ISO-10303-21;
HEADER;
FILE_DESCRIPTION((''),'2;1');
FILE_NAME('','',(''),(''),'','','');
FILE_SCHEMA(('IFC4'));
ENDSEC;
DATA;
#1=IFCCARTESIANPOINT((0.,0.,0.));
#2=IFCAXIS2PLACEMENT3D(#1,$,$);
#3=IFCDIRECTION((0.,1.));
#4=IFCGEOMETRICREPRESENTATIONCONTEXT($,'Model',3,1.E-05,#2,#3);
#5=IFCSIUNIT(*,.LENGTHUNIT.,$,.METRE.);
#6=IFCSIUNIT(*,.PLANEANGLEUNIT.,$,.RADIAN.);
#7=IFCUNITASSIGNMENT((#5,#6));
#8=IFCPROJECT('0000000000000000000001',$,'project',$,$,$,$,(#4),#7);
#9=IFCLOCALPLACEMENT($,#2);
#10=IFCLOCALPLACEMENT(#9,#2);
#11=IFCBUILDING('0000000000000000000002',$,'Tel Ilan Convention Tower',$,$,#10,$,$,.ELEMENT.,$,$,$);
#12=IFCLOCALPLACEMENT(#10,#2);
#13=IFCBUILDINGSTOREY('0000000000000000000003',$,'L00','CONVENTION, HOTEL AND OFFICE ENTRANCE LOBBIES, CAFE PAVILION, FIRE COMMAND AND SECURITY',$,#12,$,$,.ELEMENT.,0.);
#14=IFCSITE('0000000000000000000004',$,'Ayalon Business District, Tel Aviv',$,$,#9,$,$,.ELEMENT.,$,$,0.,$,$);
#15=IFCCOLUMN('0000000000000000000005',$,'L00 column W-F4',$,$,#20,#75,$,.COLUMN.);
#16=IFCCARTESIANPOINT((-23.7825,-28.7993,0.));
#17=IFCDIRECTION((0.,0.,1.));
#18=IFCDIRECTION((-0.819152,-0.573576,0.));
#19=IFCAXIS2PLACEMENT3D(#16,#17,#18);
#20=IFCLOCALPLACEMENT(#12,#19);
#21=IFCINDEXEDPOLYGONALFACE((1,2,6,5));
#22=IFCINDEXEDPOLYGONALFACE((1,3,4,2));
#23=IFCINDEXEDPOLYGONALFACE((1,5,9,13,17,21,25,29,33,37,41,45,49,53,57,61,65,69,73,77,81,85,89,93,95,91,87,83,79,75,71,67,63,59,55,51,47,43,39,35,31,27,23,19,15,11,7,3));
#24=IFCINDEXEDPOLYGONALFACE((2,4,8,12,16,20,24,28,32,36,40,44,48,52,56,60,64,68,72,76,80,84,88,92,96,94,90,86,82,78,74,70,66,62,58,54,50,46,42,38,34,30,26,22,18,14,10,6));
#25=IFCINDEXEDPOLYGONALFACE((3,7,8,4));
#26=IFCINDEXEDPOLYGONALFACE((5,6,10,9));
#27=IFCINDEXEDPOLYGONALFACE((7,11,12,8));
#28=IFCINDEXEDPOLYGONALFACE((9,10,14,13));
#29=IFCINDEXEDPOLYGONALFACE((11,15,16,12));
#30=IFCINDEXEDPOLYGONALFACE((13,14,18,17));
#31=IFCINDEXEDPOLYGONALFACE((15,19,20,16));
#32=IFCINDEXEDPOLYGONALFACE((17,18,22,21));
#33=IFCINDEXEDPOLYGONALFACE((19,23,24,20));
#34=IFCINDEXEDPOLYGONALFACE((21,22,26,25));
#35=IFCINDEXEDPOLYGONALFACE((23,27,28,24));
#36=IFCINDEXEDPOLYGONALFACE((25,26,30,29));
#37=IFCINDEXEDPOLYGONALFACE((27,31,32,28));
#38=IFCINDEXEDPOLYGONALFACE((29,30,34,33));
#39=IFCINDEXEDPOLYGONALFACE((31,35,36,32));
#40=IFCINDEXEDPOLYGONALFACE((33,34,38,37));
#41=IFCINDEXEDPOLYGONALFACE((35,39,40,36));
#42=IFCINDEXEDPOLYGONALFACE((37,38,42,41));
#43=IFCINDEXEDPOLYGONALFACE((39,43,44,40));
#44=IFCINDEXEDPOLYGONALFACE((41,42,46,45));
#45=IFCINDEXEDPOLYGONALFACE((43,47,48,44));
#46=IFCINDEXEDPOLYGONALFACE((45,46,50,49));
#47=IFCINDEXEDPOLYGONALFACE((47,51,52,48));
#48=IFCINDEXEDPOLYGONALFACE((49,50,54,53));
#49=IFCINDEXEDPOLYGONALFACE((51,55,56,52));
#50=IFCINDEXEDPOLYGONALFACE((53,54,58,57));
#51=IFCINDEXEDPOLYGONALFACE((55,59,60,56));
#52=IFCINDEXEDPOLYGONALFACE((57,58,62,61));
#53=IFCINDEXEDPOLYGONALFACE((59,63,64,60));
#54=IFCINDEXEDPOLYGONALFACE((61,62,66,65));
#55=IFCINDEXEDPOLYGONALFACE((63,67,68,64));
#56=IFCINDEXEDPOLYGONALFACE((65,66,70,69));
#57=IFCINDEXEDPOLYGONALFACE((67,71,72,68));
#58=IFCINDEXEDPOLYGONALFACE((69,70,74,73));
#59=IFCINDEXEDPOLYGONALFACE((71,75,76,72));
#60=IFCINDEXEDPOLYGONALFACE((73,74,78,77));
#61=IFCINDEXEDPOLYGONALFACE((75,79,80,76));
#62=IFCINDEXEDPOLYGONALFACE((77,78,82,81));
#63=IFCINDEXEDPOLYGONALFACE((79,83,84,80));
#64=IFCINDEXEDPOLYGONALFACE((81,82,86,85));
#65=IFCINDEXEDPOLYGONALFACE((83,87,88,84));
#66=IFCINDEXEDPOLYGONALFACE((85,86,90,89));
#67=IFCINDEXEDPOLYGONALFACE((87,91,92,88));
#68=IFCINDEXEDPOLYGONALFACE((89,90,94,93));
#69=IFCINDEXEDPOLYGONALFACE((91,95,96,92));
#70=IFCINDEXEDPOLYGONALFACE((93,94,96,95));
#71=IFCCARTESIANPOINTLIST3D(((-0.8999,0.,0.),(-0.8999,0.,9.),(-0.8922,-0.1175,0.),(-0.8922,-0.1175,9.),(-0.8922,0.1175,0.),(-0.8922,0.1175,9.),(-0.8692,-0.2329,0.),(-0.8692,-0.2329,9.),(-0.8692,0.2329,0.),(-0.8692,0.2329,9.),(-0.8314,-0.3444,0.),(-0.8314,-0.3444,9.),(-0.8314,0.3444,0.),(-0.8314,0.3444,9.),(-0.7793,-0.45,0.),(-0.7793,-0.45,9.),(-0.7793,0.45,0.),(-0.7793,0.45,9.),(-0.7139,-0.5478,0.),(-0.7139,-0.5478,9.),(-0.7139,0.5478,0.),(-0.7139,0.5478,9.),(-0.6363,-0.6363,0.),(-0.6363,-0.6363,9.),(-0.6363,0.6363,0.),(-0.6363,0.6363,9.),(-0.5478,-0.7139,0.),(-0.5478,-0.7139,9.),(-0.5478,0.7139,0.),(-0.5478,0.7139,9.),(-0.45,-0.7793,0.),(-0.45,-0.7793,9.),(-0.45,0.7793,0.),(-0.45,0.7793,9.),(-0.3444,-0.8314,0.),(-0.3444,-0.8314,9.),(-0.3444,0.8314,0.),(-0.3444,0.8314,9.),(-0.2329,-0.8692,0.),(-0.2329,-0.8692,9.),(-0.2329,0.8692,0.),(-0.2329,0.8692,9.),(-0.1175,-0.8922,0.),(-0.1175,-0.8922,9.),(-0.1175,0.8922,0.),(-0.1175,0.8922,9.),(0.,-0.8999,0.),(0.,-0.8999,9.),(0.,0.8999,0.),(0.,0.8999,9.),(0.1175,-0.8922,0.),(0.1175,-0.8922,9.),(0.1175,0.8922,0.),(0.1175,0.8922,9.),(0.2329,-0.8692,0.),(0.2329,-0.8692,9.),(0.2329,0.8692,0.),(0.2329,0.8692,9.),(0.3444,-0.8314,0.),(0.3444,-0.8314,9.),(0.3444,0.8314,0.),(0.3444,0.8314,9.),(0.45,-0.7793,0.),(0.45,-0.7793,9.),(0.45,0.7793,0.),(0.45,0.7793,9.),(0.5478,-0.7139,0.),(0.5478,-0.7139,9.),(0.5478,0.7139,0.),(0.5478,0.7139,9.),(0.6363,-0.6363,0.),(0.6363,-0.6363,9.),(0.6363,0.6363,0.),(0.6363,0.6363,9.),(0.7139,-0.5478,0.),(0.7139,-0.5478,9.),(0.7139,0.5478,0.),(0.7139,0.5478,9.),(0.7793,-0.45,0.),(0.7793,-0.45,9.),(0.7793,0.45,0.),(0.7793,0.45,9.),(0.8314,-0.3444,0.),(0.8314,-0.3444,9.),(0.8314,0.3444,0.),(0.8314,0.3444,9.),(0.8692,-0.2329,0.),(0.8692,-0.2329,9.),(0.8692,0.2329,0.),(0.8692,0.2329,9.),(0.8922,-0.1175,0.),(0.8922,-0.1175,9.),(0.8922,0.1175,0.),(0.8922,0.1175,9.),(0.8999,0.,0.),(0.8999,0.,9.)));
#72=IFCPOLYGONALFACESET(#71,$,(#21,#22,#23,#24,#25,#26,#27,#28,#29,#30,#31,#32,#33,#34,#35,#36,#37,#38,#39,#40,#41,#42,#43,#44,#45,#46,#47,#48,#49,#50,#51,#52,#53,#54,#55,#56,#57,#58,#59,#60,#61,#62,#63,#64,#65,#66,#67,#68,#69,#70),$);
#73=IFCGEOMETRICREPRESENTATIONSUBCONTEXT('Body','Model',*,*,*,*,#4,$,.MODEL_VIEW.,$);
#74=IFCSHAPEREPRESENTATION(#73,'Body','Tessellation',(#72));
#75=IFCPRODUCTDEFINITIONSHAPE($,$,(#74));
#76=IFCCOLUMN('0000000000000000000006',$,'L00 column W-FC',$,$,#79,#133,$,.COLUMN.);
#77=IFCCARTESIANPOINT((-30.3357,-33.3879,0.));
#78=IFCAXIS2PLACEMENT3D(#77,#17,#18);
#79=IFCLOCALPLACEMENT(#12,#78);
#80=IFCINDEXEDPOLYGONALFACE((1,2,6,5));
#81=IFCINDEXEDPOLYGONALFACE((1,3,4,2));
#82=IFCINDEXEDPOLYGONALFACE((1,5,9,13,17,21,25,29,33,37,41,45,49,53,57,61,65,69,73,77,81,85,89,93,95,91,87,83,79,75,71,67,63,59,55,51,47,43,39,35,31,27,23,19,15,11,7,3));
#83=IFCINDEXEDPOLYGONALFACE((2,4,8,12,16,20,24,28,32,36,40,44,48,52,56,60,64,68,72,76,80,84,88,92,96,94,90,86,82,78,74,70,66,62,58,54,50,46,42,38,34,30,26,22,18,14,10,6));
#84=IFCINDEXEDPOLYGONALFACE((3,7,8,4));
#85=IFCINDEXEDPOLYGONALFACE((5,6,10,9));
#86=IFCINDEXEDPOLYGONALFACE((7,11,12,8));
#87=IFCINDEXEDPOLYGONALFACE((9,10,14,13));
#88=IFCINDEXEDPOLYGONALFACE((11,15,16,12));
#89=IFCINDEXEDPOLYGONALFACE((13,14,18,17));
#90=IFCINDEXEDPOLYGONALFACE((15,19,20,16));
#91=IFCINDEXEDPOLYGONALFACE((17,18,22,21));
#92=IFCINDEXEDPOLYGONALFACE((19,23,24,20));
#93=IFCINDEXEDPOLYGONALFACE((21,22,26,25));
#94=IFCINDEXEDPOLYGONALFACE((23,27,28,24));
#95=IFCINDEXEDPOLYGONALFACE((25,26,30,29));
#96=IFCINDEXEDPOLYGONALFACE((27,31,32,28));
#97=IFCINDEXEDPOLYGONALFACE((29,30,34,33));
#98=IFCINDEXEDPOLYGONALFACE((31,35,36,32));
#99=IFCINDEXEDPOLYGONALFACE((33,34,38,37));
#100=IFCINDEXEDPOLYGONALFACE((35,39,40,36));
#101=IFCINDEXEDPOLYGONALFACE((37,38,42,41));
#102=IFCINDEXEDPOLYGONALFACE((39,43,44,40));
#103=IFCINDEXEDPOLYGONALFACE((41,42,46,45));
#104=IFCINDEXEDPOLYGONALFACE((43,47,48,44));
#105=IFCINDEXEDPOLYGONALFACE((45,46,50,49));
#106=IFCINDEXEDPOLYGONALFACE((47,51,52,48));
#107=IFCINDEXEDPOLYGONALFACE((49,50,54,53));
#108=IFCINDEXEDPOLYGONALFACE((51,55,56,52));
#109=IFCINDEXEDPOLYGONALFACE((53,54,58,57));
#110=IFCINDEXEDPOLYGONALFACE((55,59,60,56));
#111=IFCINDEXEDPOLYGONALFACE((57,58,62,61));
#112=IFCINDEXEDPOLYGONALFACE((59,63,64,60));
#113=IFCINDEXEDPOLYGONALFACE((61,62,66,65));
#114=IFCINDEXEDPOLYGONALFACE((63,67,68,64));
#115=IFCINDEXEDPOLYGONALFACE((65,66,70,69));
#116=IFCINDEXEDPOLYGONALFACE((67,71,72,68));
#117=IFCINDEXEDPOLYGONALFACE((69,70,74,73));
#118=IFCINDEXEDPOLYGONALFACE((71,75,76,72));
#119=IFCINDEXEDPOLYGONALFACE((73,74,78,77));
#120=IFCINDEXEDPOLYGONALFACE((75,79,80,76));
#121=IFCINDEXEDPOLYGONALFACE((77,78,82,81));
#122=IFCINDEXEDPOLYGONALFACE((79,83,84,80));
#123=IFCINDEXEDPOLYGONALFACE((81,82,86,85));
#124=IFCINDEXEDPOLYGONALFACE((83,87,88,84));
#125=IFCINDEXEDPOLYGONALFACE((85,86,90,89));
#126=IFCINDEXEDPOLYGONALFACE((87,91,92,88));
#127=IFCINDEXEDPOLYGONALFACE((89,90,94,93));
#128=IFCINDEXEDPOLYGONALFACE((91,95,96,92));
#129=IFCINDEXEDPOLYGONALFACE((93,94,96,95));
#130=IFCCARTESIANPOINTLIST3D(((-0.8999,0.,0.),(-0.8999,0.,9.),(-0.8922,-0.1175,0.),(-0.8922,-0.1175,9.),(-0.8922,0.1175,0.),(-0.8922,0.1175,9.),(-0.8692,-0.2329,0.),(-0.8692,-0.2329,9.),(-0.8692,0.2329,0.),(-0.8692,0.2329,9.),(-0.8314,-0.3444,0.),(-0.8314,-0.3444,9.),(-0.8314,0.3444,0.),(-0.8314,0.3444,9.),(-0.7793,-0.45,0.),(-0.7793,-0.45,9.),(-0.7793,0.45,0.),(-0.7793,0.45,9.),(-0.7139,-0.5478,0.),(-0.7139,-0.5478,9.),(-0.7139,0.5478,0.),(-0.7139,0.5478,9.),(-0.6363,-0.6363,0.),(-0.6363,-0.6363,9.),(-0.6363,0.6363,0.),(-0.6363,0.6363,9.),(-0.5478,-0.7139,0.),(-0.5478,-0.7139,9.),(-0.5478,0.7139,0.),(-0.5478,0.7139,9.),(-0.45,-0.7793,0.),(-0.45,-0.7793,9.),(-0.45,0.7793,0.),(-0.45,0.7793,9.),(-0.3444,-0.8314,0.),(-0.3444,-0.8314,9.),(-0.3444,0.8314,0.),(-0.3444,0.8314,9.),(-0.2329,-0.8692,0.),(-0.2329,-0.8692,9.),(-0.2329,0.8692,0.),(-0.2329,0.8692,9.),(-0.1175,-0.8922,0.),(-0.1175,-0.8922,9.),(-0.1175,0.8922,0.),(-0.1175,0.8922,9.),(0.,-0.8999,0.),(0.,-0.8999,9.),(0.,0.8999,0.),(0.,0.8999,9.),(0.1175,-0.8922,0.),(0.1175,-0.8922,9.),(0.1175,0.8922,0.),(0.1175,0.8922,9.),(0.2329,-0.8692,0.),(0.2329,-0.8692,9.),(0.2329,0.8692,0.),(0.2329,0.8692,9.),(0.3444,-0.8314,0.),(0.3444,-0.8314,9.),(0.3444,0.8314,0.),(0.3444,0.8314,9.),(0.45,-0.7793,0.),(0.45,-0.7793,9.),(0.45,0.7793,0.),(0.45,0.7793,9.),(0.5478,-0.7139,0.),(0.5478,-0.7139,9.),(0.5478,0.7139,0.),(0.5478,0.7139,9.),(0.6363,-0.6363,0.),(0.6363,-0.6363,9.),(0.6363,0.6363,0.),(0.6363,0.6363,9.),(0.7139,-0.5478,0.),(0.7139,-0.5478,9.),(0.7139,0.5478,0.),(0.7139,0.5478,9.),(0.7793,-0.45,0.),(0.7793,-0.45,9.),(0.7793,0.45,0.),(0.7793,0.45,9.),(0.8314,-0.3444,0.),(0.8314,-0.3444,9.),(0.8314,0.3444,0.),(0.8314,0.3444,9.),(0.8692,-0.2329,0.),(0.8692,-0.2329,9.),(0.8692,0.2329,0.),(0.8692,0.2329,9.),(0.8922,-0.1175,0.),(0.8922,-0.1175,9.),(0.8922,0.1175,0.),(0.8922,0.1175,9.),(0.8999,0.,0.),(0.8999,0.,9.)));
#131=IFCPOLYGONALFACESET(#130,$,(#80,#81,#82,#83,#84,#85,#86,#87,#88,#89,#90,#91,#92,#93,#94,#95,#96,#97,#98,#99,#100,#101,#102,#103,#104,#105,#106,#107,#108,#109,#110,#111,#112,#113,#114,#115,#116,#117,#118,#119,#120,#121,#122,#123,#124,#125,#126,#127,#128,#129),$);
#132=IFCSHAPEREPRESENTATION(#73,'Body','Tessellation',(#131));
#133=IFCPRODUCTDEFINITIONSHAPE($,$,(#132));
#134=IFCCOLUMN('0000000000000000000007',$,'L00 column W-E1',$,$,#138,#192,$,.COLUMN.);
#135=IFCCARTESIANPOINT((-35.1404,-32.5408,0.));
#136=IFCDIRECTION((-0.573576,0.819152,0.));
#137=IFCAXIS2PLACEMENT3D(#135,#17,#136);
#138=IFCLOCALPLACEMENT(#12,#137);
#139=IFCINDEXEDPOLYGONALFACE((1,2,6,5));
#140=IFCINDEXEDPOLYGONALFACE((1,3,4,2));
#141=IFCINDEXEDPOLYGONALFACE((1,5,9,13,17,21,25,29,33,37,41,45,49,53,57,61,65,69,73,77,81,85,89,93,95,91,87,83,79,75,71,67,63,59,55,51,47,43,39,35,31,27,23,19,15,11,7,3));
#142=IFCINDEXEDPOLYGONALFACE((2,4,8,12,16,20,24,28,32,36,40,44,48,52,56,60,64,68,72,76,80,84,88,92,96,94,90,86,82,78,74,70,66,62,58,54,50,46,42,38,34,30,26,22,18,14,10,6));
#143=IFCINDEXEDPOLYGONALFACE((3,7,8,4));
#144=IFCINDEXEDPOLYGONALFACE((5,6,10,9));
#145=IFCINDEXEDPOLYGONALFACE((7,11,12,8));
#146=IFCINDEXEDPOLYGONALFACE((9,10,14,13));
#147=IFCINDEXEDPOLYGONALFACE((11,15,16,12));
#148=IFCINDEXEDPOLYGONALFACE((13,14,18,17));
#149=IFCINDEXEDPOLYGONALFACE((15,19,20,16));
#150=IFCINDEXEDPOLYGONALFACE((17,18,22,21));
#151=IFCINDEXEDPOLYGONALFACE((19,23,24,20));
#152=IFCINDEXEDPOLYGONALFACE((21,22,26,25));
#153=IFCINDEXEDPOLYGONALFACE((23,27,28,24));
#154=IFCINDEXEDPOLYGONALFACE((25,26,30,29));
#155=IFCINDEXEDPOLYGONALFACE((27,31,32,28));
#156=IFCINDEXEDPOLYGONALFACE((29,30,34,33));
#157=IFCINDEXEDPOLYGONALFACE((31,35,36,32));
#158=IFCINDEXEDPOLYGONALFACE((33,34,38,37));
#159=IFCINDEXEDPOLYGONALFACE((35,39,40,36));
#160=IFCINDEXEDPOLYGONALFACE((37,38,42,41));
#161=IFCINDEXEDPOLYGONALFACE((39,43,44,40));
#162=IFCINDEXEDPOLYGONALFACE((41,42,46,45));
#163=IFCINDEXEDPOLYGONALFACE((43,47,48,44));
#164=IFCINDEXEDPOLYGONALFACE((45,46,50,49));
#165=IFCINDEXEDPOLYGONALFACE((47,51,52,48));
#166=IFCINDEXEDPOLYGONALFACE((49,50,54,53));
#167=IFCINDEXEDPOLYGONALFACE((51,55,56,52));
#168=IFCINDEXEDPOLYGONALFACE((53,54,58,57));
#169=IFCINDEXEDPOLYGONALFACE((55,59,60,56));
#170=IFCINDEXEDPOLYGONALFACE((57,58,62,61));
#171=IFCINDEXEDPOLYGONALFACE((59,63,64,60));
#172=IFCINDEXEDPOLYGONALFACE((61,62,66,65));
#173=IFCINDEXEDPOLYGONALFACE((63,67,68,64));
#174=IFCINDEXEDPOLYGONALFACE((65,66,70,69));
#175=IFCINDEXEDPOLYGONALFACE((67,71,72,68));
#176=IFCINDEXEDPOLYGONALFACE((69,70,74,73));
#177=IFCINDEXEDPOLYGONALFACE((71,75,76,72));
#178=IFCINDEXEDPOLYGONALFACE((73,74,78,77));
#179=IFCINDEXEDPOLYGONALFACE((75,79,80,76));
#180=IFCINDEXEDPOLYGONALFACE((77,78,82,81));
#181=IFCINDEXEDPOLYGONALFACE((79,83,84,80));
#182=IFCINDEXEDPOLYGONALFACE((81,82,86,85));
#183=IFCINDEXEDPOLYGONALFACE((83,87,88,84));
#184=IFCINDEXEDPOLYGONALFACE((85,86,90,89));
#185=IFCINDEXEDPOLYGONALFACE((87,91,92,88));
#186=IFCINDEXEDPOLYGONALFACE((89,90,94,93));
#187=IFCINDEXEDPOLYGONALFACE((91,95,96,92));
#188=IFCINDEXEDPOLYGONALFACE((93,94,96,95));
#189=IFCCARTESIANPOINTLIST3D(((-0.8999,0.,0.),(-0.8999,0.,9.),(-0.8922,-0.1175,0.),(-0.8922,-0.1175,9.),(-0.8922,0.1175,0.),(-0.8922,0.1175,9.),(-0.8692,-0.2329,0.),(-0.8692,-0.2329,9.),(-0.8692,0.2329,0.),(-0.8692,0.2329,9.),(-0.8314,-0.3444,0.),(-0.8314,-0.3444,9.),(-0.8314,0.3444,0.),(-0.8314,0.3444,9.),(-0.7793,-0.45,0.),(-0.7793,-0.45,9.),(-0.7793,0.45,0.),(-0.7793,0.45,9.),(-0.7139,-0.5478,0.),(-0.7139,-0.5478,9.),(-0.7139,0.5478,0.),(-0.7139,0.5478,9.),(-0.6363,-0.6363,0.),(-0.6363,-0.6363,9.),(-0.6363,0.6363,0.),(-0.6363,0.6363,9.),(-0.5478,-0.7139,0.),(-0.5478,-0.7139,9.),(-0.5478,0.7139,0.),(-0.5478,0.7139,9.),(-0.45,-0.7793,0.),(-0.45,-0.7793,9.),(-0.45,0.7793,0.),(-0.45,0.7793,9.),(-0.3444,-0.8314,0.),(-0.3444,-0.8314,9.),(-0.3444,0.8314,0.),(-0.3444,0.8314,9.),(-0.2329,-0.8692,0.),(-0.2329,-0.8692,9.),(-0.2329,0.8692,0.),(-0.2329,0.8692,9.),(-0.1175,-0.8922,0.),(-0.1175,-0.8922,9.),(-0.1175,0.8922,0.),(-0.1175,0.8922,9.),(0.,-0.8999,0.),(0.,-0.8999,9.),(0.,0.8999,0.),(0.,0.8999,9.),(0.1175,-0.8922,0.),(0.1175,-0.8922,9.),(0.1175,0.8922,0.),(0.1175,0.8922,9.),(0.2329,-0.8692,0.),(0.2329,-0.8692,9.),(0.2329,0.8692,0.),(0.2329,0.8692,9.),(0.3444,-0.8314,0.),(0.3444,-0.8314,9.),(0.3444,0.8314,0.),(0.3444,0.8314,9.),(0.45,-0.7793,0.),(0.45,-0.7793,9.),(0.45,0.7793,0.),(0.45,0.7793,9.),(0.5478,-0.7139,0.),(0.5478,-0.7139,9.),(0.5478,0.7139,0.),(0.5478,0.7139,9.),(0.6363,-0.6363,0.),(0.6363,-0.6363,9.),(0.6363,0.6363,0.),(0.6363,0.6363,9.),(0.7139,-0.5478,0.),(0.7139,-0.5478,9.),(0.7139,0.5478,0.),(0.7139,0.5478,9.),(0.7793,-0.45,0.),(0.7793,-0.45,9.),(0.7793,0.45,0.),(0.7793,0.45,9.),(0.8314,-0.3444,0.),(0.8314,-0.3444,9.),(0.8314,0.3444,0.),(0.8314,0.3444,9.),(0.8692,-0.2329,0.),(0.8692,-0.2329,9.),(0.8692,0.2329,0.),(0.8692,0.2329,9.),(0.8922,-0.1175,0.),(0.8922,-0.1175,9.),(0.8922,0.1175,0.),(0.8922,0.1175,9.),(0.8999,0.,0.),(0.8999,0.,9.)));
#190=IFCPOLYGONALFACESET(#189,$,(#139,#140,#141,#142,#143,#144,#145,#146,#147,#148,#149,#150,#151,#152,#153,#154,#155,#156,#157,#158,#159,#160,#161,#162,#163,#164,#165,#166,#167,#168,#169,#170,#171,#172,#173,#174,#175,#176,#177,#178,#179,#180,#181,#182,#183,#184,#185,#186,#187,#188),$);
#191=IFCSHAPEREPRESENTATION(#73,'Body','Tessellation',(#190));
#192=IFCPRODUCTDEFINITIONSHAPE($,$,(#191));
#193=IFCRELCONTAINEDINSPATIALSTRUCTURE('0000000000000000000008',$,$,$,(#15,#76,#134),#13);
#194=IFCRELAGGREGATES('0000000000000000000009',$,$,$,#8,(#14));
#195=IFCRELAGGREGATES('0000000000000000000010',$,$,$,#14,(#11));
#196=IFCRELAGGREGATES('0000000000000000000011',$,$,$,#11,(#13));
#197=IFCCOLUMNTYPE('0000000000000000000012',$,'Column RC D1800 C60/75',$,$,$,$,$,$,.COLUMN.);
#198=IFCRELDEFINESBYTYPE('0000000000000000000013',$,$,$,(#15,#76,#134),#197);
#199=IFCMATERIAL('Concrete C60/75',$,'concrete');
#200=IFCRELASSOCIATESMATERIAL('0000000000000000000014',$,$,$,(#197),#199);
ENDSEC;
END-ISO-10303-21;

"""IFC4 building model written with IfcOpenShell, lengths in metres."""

from ifc_helpers import new_model, si_unit, direction, frame, origin, origin_2d, place, context, subcontext, project, spatial, circle, extrude, material, material_profile, profile_set, type_object, element, save


model = new_model("IFC4")

# Units and contexts
model_context = context("Model", 3, precision=1e-05, world=origin(), true_north=direction((0.0, 1.0)))
body_context = subcontext(model_context, "Body", "Model", "MODEL_VIEW")
ifc_project = project(units=[si_unit("LENGTHUNIT", "METRE"), si_unit("PLANEANGLEUNIT", "RADIAN")], contexts=[model_context])

# Site, building, storey
site_placement = place(None, origin())
site = spatial("IfcSite", under=ifc_project, at=site_placement, Name="Ayalon Business District, Tel Aviv", CompositionType="ELEMENT", RefElevation=0.0)
building_placement = place(site_placement, origin())
building = spatial("IfcBuilding", under=site, at=building_placement, Name="Tel Ilan Convention Tower", CompositionType="ELEMENT")
storey_placement = place(building_placement, origin())
storey = spatial("IfcBuildingStorey", under=building, at=storey_placement, Name="L00", Description="CONVENTION, HOTEL AND OFFICE ENTRANCE LOBBIES, CAFE PAVILION, FIRE COMMAND AND SECURITY", CompositionType="ELEMENT", Elevation=0.0)

# Columns
ifc_material_1 = material(Name="Concrete C60/75", Category="concrete")
ifc_material_profile_1 = material_profile(ifc_material_1, circle(Radius=0.8999, at=origin_2d()), Name="RC D1800")
ifc_profile_set_1 = profile_set([ifc_material_profile_1], Name="Concrete C60/75")
column_type = type_object("IfcColumnType", Name="Column RC D1800 C60/75", PredefinedType="COLUMN", material=ifc_profile_set_1)
for number, where, z_axis, x_axis, name in (
    (1, (-23.7825, -28.7993, 0.0), (0.0, 0.0, 1.0), (-0.819152, -0.573576, 0.0), "L00 column W-F4"),
    (2, (-30.3357, -33.3879, 0.0), (0.0, 0.0, 1.0), (-0.819152, -0.573576, 0.0), "L00 column W-FC"),
    (3, (-35.1404, -32.5408, 0.0), (0.0, 0.0, 1.0), (-0.573576, 0.819152, 0.0), "L00 column W-E1"),
):
    element("IfcColumn", number, at=place(storey_placement, frame(where, z_axis=z_axis, x_axis=x_axis)), inside=storey, type_object=column_type, Name=name, PredefinedType="COLUMN", context=body_context, shape_type="SweptSolid", body=[
        extrude(circle(Radius=0.8999, at=origin_2d()), origin(), (0.0, 0.0, 1.0), 9.0),
    ])

save(model, "model.ifc")
